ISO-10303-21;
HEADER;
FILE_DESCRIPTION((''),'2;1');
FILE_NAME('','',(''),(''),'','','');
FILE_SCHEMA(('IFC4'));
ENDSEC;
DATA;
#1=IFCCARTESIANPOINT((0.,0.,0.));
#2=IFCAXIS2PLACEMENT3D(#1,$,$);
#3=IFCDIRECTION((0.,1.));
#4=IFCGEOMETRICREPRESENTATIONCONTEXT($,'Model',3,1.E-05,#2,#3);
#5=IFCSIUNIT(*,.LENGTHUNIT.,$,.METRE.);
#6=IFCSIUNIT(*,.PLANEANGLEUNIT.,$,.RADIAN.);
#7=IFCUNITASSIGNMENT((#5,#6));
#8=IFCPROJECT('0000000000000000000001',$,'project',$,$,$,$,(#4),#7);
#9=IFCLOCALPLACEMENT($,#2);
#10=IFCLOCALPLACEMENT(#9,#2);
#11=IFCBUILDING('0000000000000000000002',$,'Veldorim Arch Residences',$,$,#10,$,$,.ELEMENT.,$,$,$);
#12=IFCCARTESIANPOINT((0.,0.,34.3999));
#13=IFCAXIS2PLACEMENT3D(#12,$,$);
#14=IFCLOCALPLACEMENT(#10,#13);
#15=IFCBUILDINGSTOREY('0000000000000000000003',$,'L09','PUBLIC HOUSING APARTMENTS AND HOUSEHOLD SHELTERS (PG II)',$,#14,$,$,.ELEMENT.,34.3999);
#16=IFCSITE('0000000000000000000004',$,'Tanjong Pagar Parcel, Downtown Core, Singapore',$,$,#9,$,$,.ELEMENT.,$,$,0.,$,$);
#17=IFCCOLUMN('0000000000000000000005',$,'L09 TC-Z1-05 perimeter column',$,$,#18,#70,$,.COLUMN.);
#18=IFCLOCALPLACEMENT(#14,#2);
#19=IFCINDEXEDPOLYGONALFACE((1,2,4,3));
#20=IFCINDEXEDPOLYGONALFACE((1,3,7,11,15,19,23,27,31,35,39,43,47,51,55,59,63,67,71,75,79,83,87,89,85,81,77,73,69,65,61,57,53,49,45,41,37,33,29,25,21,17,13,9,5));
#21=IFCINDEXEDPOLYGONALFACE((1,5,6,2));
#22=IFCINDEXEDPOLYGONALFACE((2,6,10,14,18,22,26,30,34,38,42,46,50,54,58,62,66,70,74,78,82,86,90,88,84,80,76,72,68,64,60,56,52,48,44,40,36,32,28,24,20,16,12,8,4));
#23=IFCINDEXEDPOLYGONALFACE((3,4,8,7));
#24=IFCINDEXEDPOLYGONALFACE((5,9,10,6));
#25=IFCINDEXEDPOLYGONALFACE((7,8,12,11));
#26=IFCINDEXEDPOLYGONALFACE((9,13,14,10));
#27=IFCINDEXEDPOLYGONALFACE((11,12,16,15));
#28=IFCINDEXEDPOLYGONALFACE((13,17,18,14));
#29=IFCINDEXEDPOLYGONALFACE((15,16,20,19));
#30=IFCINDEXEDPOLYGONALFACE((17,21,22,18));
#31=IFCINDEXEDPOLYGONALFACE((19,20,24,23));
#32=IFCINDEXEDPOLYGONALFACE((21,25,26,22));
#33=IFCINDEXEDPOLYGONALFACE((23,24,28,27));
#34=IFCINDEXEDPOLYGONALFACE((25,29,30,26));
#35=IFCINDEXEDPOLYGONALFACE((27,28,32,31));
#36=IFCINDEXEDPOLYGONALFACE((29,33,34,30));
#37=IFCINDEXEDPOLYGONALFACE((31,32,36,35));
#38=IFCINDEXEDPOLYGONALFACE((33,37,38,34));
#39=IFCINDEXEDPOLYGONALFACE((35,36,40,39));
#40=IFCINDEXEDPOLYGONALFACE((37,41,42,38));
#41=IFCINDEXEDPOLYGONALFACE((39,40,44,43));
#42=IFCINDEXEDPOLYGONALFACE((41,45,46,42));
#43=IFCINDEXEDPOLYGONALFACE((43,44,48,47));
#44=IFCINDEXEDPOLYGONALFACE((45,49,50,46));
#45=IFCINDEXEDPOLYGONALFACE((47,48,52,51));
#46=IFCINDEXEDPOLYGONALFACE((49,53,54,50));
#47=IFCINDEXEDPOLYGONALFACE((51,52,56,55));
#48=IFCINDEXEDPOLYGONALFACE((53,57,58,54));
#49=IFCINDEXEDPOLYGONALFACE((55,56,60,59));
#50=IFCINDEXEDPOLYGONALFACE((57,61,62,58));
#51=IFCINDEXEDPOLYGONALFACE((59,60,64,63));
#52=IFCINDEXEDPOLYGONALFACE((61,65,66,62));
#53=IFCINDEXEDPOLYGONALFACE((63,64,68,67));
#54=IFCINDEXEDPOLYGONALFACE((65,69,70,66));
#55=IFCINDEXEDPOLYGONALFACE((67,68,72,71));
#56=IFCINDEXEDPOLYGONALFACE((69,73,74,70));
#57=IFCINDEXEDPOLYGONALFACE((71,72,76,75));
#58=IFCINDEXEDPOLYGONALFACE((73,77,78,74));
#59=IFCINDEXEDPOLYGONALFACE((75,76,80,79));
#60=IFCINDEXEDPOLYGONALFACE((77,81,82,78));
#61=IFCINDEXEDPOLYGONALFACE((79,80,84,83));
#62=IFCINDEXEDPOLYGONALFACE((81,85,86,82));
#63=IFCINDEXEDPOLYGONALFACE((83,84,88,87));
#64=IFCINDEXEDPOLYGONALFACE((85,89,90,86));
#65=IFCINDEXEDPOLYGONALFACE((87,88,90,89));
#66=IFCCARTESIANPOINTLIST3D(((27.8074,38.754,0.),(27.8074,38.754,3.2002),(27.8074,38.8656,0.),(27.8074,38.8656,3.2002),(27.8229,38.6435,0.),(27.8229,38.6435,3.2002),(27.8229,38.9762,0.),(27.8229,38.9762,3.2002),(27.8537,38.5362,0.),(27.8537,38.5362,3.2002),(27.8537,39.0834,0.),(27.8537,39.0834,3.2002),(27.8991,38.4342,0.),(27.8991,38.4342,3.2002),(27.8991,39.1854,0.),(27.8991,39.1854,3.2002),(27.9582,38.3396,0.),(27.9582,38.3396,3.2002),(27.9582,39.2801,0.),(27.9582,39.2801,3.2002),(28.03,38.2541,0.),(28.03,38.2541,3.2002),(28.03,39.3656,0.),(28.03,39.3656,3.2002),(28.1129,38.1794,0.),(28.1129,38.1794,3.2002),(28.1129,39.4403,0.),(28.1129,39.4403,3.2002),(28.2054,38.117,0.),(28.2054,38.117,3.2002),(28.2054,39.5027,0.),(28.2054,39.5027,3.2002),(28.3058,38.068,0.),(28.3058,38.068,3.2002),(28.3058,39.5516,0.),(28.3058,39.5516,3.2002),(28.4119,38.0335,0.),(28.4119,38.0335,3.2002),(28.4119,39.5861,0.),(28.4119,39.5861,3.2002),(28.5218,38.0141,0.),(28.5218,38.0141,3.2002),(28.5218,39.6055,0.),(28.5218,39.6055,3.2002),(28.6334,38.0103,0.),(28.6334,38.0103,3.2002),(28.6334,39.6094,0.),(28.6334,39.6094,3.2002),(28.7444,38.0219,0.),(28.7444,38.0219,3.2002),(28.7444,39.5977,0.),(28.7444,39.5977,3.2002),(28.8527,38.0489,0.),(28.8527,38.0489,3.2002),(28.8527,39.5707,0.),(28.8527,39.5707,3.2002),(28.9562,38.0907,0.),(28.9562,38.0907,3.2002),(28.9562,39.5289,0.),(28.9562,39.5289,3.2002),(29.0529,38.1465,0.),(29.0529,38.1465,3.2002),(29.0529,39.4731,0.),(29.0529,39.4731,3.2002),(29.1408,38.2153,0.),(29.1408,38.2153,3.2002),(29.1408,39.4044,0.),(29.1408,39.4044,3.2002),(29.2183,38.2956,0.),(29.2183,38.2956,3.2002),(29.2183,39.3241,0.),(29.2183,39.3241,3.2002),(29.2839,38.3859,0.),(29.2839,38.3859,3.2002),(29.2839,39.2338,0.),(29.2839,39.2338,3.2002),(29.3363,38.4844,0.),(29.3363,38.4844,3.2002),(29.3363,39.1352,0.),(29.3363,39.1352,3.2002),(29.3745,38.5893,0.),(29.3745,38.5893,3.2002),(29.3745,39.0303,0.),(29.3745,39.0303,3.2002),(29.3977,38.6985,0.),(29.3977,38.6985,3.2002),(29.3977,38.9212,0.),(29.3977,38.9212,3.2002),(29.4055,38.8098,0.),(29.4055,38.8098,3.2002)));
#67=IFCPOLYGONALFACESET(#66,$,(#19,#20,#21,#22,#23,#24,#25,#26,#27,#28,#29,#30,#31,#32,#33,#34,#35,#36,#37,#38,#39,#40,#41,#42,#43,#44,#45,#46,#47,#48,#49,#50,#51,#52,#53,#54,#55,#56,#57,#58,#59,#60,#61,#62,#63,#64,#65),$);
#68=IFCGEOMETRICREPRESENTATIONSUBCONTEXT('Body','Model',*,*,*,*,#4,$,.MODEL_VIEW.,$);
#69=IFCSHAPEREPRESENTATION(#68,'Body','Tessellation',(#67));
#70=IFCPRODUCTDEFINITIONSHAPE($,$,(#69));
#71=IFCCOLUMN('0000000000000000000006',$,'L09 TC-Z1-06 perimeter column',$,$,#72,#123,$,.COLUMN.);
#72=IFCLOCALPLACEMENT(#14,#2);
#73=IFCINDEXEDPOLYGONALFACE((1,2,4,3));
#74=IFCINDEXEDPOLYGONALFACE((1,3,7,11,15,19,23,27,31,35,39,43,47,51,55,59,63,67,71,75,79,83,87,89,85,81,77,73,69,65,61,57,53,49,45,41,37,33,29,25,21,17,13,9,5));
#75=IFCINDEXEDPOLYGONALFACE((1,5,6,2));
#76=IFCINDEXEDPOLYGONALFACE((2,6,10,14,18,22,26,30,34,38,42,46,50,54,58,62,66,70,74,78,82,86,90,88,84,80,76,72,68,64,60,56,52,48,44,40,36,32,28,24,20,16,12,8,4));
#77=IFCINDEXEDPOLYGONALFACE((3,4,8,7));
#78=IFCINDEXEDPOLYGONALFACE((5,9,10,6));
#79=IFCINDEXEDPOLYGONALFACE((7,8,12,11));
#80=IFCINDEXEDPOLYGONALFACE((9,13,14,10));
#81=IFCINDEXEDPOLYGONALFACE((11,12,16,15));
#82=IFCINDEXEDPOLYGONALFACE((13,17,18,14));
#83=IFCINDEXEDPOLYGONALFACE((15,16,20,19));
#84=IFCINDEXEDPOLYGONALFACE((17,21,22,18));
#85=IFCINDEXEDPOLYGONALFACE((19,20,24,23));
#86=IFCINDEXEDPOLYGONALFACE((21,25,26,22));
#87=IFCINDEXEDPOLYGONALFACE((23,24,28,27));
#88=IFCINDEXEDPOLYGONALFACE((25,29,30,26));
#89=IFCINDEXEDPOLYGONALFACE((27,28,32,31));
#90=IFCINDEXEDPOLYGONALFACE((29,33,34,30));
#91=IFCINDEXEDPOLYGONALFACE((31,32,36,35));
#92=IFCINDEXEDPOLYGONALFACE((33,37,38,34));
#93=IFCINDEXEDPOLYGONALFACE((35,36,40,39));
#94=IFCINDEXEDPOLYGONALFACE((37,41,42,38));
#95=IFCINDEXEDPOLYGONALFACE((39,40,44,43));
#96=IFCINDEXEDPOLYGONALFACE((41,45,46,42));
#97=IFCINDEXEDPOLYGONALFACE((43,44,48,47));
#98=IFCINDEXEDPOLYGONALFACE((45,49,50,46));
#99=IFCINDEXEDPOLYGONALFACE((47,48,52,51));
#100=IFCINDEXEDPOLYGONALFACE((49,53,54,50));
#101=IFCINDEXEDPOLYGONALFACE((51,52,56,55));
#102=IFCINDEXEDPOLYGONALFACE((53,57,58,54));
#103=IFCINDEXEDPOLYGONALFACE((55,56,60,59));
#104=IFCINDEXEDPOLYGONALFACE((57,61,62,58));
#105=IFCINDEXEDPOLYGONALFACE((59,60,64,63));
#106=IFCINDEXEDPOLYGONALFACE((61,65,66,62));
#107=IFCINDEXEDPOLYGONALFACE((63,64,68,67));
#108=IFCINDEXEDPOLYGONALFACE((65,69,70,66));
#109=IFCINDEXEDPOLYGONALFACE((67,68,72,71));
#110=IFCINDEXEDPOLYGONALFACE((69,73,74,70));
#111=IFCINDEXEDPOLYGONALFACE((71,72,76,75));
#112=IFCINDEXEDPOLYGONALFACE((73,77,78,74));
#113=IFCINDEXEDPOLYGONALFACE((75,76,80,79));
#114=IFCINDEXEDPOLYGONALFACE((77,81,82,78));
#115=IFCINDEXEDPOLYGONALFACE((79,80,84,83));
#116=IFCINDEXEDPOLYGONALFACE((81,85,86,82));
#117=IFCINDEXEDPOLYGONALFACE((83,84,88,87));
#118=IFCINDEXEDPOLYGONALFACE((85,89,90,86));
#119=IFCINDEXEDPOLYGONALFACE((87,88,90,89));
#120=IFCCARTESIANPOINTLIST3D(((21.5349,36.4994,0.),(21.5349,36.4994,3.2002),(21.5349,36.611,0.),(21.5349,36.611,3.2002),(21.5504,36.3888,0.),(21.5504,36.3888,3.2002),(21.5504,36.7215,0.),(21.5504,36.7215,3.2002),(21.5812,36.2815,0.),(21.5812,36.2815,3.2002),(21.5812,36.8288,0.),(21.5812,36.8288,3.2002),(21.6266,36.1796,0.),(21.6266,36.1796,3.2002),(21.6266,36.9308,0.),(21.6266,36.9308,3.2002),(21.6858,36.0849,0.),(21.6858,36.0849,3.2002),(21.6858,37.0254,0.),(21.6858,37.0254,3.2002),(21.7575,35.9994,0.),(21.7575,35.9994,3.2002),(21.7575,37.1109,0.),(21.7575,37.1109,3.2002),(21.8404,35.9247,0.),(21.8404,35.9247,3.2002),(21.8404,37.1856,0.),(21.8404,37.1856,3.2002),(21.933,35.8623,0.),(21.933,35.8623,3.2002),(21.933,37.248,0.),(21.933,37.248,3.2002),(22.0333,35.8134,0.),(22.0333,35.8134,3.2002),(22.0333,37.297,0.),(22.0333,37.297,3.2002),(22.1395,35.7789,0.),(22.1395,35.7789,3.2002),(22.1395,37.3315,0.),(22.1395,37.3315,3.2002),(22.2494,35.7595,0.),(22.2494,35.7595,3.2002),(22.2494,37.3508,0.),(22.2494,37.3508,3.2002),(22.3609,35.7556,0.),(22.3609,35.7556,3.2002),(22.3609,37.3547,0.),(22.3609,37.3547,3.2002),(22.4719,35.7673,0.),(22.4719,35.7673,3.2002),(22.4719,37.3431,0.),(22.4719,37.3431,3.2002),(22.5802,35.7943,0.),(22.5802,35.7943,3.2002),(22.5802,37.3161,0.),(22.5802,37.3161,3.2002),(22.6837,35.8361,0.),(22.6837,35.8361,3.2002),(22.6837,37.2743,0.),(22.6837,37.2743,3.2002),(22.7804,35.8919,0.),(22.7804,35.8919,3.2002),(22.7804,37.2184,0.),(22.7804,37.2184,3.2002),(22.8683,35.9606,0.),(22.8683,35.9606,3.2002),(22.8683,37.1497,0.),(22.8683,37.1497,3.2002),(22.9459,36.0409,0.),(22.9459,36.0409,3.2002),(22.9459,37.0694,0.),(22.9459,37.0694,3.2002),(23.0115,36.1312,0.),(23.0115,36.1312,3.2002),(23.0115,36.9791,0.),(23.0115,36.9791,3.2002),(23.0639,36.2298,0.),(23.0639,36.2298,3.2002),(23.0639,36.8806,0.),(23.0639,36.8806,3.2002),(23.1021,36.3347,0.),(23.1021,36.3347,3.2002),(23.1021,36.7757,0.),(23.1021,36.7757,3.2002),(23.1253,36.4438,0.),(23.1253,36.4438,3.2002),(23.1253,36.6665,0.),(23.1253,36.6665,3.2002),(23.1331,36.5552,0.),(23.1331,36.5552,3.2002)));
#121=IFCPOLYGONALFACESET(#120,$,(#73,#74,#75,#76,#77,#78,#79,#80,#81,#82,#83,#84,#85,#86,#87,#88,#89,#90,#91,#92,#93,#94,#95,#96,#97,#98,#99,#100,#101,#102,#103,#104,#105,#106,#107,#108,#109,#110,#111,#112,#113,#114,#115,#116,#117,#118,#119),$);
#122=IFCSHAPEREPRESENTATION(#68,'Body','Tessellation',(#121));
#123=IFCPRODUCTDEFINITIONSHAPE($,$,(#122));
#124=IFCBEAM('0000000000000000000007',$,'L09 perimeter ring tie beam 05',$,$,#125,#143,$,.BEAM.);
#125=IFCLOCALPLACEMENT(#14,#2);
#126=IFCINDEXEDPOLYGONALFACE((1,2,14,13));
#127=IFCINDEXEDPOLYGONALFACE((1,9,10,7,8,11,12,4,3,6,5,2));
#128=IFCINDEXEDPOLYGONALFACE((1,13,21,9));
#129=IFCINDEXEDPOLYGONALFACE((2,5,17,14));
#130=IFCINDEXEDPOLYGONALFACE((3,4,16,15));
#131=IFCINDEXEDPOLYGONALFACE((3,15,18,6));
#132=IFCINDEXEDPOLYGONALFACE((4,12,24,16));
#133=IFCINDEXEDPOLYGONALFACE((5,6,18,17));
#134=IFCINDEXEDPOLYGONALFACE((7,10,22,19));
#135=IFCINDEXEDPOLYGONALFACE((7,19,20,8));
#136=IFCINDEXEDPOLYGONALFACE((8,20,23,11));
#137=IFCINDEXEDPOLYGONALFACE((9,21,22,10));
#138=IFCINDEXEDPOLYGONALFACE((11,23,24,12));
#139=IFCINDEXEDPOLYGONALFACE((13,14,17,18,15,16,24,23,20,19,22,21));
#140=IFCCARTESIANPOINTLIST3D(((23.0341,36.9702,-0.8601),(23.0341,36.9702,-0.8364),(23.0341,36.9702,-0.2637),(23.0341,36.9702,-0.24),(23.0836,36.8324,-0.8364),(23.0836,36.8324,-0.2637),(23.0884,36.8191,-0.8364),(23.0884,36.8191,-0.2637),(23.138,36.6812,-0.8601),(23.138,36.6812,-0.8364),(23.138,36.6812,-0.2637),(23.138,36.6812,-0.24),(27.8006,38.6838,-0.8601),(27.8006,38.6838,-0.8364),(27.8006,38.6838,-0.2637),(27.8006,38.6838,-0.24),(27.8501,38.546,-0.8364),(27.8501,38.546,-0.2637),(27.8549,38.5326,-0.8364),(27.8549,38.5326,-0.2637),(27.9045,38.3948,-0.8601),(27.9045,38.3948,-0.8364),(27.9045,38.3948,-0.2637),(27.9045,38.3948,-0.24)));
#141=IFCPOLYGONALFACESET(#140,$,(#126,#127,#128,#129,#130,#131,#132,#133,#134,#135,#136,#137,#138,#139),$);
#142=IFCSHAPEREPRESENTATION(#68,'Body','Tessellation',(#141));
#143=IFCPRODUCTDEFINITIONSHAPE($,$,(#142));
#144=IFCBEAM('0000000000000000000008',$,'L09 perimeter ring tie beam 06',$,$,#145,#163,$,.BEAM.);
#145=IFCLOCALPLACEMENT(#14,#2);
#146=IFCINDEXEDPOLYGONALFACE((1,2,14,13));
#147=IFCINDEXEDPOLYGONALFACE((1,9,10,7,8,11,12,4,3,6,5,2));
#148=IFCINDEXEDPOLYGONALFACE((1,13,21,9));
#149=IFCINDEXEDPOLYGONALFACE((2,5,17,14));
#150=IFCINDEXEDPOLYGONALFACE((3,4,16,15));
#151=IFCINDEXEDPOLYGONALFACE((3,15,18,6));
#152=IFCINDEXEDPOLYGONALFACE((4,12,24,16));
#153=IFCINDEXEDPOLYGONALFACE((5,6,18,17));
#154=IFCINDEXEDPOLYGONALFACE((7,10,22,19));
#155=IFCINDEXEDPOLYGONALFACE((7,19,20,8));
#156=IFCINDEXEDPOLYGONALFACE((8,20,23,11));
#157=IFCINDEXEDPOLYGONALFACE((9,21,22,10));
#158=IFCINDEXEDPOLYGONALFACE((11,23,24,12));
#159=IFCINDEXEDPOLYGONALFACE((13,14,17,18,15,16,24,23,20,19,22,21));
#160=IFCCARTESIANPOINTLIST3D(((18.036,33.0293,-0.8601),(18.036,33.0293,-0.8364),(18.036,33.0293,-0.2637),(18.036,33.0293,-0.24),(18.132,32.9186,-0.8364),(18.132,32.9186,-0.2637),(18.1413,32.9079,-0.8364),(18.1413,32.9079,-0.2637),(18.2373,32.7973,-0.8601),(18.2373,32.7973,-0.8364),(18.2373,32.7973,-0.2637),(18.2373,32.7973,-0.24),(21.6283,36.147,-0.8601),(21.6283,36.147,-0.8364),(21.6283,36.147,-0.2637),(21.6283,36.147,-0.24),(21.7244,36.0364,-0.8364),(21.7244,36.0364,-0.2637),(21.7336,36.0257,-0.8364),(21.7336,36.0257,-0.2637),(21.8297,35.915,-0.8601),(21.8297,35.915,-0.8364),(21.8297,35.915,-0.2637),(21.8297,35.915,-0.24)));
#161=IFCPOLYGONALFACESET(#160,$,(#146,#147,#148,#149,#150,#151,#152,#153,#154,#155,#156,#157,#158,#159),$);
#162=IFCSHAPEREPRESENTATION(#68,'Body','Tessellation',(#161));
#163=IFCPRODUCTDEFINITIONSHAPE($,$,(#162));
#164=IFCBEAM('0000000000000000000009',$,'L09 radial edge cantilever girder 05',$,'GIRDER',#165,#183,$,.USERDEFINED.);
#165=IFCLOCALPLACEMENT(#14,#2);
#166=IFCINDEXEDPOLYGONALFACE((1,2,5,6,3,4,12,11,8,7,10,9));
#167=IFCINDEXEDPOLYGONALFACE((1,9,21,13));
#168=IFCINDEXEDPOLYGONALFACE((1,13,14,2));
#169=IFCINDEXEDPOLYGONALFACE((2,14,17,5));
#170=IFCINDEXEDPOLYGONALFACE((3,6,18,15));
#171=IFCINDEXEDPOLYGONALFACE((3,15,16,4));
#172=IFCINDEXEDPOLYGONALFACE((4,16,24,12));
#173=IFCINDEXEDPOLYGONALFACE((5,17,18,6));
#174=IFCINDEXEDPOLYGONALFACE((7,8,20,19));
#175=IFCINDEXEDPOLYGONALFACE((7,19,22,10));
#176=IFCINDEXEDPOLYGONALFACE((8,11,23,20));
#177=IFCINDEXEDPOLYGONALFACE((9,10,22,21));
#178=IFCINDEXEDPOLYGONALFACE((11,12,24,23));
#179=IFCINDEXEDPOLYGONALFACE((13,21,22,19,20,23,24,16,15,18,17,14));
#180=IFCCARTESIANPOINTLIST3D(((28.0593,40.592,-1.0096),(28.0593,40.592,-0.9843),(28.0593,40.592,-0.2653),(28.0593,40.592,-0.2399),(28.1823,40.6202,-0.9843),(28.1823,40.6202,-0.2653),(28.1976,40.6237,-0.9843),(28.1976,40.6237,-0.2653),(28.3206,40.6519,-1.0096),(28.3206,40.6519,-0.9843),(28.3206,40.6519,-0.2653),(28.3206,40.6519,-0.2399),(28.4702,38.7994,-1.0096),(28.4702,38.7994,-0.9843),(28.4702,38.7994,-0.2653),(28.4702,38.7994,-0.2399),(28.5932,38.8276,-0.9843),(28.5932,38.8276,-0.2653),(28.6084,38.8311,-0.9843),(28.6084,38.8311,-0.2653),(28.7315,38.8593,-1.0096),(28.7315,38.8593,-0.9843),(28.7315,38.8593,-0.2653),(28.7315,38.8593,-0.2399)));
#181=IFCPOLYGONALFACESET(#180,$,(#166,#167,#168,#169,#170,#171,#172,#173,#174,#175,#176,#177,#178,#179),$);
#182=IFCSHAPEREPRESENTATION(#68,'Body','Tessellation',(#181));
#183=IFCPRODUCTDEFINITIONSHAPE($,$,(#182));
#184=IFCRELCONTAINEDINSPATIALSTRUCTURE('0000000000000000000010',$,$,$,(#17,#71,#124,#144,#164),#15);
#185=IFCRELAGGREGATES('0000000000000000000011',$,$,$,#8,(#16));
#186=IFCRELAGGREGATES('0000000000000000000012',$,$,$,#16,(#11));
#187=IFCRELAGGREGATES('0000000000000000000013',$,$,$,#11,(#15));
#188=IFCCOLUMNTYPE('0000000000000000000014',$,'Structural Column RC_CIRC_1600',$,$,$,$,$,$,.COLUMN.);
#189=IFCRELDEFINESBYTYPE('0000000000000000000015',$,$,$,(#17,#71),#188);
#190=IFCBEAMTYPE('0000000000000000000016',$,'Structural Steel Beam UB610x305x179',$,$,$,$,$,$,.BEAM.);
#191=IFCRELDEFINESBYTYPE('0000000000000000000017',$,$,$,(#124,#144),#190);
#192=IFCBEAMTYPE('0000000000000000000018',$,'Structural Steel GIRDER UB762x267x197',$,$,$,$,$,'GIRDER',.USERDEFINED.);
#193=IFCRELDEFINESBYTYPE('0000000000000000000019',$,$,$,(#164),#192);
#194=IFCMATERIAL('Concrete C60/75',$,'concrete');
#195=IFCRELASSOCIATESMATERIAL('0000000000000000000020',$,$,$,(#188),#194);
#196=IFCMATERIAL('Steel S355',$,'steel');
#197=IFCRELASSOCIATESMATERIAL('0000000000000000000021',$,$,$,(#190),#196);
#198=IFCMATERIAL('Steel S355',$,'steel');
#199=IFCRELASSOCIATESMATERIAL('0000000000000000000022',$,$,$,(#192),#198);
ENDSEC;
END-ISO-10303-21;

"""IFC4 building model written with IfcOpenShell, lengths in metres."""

from ifc_helpers import new_model, si_unit, direction, frame, origin, origin_2d, place, context, subcontext, project, spatial, circle, i_section, extrude, material, material_profile, profile_set, type_object, element, save


model = new_model("IFC4")

# Units and contexts
model_context = context("Model", 3, precision=1e-05, world=origin(), true_north=direction((0.0, 1.0)))
body_context = subcontext(model_context, "Body", "Model", "MODEL_VIEW")
ifc_project = project(units=[si_unit("LENGTHUNIT", "METRE"), si_unit("PLANEANGLEUNIT", "RADIAN")], contexts=[model_context])

# Site, building, storey
site_placement = place(None, origin())
site = spatial("IfcSite", under=ifc_project, at=site_placement, Name="Tanjong Pagar Parcel, Downtown Core, Singapore", CompositionType="ELEMENT", RefElevation=0.0)
building_placement = place(site_placement, origin())
building = spatial("IfcBuilding", under=site, at=building_placement, Name="Veldorim Arch Residences", CompositionType="ELEMENT")
storey_placement = place(building_placement, frame((0.0, 0.0, 34.3999)))
storey = spatial("IfcBuildingStorey", under=building, at=storey_placement, Name="L09", Description="PUBLIC HOUSING APARTMENTS AND HOUSEHOLD SHELTERS (PG II)", CompositionType="ELEMENT", Elevation=34.3999)

# Columns
ifc_material_1 = material(Name="Concrete C60/75", Category="concrete")
ifc_material_profile_1 = material_profile(ifc_material_1, circle(Radius=0.8, at=origin_2d()), Name="RC_CIRC_1600")
ifc_profile_set_1 = profile_set([ifc_material_profile_1], Name="Concrete C60/75")
column_type = type_object("IfcColumnType", Name="Structural Column RC_CIRC_1600", PredefinedType="COLUMN", material=ifc_profile_set_1)
for number, where, z_axis, x_axis, name in (
    (1, (28.6055, 38.8098, 0.0), (0.0, 0.0, 1.0), (1.0, 0.0, 0.0), "L09 TC-Z1-05 perimeter column"),
    (2, (22.333, 36.5552, 0.0), (0.0, 0.0, 1.0), (1.0, 0.0, 0.0), "L09 TC-Z1-06 perimeter column"),
):
    element("IfcColumn", number, at=place(storey_placement, frame(where, z_axis=z_axis, x_axis=x_axis)), inside=storey, type_object=column_type, Name=name, PredefinedType="COLUMN", context=body_context, shape_type="SweptSolid", body=[
        extrude(circle(Radius=0.8, at=origin_2d()), origin(), (0.0, 0.0, 1.0), 3.2002),
    ])

# Beams
ifc_material_2 = material(Name="Steel S355", Category="steel")
ifc_material_profile_2 = material_profile(ifc_material_2, i_section(OverallWidth=0.3071, OverallDepth=0.6201, WebThickness=0.0142, FlangeThickness=0.0237, at=origin_2d()), Name="UB610x305x179")
ifc_profile_set_2 = profile_set([ifc_material_profile_2], Name="Steel S355")
beam_type_1 = type_object("IfcBeamType", Name="Structural Steel Beam UB610x305x179", PredefinedType="BEAM", material=ifc_profile_set_2)
beam_1_placement = place(storey_placement, frame((27.8525, 38.5393, -0.55), z_axis=(-0.941035, -0.338308, 0.0), x_axis=(0.338308, -0.941035, 0.0)))
element("IfcBeam", 3, at=beam_1_placement, inside=storey, type_object=beam_type_1, Name="L09 perimeter ring tie beam 05", PredefinedType="BEAM", context=body_context, shape_type="SweptSolid", body=[
    extrude(i_section(OverallWidth=0.3071, OverallDepth=0.6201, WebThickness=0.0142, FlangeThickness=0.0237, at=origin_2d()), origin(), (0.0, 0.0, 1.0), 5.0652),
])
beam_2_placement = place(storey_placement, frame((21.729, 36.031, -0.55), z_axis=(-0.755235, -0.655454, 0.0), x_axis=(0.655454, -0.755235, 0.0)))
element("IfcBeam", 4, at=beam_2_placement, inside=storey, type_object=beam_type_1, Name="L09 perimeter ring tie beam 06", PredefinedType="BEAM", context=body_context, shape_type="SweptSolid", body=[
    extrude(i_section(OverallWidth=0.3071, OverallDepth=0.6201, WebThickness=0.0142, FlangeThickness=0.0237, at=origin_2d()), origin(), (0.0, 0.0, 1.0), 4.7566),
])
ifc_material_3 = material(Name="Steel S355", Category="steel")
ifc_material_profile_3 = material_profile(ifc_material_3, i_section(OverallWidth=0.2681, OverallDepth=0.7698, WebThickness=0.0156, FlangeThickness=0.0254, at=origin_2d()), Name="UB762x267x197")
ifc_profile_set_3 = profile_set([ifc_material_profile_3], Name="Steel S355")
beam_type_2 = type_object("IfcBeamType", Name="Structural Steel GIRDER UB762x267x197", ElementType="GIRDER", PredefinedType="USERDEFINED", material=ifc_profile_set_3)
beam_3_placement = place(storey_placement, frame((28.6008, 38.8293, -0.6248), z_axis=(-0.223405, 0.974726, 0.0), x_axis=(-0.974726, -0.223405, 0.0)))
element("IfcBeam", 5, at=beam_3_placement, inside=storey, type_object=beam_type_2, Name="L09 radial edge cantilever girder 05", ObjectType="GIRDER", PredefinedType="USERDEFINED", context=body_context, shape_type="SweptSolid", body=[
    extrude(i_section(OverallWidth=0.2681, OverallDepth=0.7698, WebThickness=0.0156, FlangeThickness=0.0254, at=origin_2d()), origin(), (0.0, 0.0, 1.0), 1.8391),
])

save(model, "model.ifc")
